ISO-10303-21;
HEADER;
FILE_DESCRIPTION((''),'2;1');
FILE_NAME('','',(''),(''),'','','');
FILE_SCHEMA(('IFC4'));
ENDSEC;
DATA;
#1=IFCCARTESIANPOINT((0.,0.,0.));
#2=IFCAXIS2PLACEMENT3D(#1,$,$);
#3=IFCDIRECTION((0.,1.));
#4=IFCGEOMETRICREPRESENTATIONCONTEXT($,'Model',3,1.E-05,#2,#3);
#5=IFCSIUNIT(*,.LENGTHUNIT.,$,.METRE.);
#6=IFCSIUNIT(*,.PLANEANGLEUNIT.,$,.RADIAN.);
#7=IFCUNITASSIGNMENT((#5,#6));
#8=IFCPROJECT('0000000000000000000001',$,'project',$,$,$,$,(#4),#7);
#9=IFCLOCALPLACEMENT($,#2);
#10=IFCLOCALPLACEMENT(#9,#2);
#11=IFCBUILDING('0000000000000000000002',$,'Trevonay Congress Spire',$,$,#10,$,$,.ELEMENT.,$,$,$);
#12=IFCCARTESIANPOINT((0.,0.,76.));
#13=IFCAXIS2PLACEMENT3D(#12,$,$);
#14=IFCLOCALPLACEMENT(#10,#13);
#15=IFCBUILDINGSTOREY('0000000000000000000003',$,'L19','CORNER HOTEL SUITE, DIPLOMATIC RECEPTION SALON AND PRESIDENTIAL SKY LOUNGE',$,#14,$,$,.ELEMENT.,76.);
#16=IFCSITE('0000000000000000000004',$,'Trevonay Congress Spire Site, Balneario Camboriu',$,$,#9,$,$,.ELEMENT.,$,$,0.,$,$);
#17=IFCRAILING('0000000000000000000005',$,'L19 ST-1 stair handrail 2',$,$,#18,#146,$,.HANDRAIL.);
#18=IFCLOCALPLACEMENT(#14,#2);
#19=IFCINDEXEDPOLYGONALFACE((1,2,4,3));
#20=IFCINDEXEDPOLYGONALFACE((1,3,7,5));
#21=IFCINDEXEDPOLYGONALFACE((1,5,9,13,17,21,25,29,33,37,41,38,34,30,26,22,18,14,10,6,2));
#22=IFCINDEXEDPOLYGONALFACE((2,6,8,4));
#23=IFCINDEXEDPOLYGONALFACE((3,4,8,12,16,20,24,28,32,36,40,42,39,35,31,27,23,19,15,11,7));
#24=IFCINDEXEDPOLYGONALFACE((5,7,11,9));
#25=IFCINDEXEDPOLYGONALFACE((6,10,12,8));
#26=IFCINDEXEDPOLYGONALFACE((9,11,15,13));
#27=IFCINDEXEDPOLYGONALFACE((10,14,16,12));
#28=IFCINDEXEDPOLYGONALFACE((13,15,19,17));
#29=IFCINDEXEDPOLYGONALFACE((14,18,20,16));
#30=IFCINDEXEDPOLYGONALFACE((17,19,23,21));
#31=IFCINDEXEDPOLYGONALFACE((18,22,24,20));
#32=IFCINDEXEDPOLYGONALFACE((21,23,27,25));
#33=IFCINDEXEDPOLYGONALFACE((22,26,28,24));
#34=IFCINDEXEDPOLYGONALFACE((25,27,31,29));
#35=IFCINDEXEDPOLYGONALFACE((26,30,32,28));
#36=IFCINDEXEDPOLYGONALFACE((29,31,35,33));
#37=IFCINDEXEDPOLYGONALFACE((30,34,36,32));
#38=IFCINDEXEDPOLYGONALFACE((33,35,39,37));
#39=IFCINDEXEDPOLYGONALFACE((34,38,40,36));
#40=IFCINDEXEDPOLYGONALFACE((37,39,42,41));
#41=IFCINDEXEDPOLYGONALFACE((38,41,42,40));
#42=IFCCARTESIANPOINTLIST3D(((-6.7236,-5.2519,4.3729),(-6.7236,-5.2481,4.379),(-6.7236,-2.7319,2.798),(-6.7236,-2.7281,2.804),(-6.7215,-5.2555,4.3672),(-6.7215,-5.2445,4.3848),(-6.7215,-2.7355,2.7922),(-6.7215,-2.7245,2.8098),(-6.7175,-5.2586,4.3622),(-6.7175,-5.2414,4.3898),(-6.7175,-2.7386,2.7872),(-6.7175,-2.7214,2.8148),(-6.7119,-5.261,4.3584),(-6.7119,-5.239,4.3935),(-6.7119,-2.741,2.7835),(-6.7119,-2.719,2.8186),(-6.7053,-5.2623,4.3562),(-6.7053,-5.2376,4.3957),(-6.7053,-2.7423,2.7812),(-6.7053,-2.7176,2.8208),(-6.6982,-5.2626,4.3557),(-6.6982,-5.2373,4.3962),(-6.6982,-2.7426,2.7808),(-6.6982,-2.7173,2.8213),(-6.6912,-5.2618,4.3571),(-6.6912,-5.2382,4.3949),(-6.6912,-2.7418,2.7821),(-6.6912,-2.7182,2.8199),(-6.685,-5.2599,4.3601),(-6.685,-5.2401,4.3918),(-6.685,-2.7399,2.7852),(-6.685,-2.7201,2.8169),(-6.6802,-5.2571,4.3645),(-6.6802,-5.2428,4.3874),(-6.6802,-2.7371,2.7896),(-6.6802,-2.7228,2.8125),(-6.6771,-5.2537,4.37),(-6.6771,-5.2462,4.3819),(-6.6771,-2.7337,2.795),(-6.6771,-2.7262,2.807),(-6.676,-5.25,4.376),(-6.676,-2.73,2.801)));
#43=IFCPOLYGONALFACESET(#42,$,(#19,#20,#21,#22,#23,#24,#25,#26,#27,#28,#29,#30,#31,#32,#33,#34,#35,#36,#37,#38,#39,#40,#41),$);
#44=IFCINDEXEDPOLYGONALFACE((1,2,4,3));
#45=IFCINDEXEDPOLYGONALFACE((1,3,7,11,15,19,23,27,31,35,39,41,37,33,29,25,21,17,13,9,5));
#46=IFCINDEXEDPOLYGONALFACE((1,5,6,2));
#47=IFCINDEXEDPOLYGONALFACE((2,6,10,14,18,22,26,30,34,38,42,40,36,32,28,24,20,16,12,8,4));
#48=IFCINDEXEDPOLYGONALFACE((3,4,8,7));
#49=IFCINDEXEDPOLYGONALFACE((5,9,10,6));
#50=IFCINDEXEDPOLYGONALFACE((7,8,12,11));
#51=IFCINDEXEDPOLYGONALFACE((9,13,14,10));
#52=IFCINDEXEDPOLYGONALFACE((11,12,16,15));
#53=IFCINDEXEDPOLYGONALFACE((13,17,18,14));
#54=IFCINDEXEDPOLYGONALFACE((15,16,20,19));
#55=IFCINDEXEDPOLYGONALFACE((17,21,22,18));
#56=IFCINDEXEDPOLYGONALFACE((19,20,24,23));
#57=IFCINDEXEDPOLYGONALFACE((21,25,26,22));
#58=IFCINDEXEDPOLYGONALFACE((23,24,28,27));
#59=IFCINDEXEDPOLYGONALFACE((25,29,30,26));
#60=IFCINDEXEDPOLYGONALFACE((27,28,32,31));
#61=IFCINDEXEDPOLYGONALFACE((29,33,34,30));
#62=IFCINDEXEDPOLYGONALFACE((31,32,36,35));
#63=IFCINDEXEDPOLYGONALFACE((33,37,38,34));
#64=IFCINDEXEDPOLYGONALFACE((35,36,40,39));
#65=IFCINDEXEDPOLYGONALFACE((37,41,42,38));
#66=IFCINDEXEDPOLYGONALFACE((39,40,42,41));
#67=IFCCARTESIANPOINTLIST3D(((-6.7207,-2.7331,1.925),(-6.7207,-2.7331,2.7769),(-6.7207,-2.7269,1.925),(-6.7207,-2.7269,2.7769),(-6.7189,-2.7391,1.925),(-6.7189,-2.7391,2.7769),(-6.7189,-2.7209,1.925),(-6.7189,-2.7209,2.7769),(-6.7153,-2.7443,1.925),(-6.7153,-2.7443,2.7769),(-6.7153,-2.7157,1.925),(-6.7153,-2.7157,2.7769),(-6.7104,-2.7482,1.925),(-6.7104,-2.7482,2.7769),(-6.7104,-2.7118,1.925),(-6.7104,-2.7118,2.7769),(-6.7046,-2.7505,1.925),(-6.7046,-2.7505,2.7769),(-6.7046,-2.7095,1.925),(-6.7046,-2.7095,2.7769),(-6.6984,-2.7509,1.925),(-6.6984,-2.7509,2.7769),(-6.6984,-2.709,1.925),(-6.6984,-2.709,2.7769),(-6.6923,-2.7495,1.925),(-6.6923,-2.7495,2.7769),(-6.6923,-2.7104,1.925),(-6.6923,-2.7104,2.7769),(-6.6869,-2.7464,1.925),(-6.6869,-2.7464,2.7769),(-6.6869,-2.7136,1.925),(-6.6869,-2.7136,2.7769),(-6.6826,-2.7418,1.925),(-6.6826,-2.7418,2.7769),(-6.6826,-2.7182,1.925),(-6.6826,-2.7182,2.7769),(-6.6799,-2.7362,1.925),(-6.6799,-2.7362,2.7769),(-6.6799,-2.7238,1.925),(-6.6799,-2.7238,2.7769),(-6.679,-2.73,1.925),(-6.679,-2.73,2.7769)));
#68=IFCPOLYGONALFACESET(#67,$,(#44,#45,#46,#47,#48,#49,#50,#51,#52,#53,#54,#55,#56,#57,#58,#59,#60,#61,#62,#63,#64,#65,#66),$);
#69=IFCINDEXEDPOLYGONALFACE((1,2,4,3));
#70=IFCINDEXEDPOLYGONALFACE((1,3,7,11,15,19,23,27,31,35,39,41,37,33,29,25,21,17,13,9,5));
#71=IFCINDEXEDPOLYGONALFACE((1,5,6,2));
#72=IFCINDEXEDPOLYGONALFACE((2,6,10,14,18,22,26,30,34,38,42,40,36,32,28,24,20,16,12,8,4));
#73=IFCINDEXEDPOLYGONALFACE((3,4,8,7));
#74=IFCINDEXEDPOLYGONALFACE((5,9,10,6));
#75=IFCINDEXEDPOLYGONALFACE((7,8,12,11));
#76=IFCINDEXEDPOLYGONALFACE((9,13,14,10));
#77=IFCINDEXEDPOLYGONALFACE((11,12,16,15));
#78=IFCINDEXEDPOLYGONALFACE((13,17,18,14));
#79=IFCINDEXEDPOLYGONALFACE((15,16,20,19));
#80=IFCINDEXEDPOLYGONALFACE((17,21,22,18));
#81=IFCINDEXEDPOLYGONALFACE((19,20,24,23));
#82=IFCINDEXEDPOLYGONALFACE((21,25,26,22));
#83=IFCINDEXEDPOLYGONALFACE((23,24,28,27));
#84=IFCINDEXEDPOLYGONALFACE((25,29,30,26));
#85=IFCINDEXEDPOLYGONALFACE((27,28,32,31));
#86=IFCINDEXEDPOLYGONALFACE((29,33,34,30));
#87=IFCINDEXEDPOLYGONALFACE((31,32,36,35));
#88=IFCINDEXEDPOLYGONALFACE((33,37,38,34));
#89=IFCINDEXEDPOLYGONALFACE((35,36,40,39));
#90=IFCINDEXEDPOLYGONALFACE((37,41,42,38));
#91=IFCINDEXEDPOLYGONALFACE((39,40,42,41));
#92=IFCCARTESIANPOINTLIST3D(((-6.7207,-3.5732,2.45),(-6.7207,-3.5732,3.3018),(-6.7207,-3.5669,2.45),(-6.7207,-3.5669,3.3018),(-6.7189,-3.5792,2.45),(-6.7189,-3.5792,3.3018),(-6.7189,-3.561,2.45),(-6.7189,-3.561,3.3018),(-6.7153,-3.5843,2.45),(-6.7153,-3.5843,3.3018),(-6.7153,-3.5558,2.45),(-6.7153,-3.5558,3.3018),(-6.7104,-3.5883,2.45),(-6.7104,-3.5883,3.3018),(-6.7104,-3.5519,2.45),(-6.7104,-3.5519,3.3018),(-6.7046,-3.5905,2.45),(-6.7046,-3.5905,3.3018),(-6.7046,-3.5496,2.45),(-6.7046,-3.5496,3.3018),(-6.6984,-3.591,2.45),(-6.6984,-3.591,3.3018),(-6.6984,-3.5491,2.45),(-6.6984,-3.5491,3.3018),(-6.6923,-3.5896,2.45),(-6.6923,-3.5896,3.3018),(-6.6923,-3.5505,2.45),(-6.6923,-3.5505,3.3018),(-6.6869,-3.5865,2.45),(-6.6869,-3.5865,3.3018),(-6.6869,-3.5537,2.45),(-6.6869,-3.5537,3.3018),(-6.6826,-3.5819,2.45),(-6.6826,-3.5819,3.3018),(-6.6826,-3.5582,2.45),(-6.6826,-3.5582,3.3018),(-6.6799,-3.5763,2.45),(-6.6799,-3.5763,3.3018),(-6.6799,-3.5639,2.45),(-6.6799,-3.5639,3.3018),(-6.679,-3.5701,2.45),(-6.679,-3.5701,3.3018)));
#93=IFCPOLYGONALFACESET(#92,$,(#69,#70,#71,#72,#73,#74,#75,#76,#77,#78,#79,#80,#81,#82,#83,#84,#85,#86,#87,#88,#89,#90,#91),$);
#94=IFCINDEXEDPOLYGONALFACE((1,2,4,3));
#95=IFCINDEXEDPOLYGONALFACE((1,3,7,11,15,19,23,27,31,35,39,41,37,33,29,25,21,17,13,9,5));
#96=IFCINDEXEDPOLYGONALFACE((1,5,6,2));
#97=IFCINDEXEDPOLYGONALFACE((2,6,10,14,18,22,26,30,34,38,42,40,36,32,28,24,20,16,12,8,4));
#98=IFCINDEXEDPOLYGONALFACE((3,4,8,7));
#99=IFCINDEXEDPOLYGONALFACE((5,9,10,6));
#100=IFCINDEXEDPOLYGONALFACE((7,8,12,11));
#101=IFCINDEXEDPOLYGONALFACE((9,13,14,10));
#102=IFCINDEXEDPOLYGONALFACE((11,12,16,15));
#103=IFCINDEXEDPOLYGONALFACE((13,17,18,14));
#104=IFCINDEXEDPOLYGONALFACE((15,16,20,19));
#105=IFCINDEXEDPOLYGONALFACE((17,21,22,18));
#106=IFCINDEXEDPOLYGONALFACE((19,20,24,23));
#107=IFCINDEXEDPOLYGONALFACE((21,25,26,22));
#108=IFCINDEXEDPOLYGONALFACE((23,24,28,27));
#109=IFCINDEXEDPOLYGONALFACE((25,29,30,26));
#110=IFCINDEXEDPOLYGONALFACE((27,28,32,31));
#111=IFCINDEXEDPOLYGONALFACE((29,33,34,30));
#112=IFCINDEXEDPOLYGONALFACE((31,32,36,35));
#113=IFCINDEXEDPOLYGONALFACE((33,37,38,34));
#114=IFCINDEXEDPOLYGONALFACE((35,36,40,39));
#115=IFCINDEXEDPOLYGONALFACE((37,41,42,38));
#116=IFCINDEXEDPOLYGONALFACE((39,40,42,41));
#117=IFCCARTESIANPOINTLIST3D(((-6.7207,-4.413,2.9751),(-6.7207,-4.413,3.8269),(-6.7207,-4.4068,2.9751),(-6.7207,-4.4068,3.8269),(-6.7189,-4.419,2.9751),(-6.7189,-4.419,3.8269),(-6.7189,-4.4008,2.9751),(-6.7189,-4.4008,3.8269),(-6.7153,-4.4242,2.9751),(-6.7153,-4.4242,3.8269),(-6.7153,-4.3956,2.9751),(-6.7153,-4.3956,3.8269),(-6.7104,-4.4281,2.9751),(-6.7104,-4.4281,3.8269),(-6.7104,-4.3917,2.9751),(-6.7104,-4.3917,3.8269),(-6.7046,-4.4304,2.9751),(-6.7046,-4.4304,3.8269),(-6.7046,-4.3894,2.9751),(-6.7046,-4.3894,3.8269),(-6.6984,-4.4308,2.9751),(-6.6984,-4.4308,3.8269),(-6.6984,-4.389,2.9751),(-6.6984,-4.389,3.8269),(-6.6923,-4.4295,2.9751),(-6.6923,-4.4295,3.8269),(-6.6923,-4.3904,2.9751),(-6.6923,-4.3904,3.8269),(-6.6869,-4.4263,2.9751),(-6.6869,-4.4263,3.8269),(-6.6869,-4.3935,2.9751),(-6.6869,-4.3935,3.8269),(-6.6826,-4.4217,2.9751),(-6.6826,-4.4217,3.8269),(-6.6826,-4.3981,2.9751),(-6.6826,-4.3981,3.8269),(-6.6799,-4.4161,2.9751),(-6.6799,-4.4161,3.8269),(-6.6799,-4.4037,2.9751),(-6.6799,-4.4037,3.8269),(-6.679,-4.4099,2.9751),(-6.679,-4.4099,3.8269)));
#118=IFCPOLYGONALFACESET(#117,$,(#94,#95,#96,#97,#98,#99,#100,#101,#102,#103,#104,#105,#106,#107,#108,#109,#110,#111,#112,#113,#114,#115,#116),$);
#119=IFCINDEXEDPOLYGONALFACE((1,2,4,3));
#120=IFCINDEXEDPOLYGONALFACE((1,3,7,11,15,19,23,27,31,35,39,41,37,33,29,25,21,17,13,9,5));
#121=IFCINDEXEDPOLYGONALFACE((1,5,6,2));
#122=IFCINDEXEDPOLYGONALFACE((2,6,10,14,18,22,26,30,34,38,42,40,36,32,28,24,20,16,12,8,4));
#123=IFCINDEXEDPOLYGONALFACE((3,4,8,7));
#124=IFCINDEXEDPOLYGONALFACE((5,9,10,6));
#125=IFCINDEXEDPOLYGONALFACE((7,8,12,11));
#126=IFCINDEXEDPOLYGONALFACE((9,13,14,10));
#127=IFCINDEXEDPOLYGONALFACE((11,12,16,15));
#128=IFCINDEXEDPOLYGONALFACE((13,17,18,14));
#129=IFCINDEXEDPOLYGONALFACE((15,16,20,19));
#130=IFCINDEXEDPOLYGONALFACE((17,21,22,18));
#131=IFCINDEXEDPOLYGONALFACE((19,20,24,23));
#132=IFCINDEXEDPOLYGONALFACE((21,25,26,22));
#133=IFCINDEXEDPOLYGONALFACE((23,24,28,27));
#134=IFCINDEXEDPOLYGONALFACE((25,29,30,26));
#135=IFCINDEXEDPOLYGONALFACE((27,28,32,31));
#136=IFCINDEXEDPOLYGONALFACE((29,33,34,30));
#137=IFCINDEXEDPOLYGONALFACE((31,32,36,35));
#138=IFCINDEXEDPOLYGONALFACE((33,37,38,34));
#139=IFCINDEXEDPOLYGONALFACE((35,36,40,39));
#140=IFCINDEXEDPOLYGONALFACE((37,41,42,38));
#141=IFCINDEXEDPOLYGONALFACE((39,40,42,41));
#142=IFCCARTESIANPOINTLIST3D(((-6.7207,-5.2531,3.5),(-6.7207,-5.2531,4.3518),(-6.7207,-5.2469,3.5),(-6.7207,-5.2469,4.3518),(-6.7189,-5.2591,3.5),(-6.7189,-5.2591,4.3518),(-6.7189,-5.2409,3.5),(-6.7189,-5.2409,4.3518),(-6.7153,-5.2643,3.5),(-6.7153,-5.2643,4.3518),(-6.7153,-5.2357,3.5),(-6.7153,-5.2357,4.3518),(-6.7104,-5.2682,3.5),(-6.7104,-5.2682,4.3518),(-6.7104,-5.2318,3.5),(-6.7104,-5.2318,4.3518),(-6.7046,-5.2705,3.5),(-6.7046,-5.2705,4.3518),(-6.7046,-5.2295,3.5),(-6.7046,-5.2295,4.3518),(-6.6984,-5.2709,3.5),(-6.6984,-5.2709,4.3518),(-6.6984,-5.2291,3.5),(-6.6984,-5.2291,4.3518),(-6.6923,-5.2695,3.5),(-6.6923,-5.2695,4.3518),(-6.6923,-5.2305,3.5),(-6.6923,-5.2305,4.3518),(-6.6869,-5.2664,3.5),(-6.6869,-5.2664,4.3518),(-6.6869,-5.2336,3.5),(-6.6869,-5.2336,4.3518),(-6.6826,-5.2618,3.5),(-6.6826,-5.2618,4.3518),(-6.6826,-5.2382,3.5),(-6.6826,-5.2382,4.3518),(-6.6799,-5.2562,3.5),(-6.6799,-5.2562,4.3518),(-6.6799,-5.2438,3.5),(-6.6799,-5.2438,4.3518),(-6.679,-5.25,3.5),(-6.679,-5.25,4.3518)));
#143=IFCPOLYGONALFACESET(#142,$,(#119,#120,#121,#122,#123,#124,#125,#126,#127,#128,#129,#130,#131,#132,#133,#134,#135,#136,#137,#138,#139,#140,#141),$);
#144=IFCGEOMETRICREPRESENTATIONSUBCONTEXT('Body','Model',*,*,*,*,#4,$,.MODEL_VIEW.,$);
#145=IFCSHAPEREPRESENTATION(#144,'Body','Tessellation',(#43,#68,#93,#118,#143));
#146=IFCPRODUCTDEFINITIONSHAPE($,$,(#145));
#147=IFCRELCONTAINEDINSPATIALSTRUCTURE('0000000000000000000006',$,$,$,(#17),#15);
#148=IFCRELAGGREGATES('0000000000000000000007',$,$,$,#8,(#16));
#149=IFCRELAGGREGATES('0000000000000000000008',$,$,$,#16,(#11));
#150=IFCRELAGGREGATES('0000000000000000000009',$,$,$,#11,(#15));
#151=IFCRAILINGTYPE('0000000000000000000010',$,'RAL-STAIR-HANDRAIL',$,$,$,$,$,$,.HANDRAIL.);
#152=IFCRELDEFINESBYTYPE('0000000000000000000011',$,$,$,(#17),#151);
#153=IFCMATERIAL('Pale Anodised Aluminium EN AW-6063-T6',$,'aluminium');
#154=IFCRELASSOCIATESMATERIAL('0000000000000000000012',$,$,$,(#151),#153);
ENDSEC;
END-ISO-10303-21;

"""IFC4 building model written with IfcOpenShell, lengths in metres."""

from ifc_helpers import new_model, si_unit, direction, frame, origin, origin_2d, place, context, subcontext, project, spatial, circle, extrude, material, type_object, element, save


model = new_model("IFC4")

# Units and contexts
model_context = context("Model", 3, precision=1e-05, world=origin(), true_north=direction((0.0, 1.0)))
body_context = subcontext(model_context, "Body", "Model", "MODEL_VIEW")
ifc_project = project(units=[si_unit("LENGTHUNIT", "METRE"), si_unit("PLANEANGLEUNIT", "RADIAN")], contexts=[model_context])

# Site, building, storey
site_placement = place(None, origin())
site = spatial("IfcSite", under=ifc_project, at=site_placement, Name="Trevonay Congress Spire Site, Balneario Camboriu", CompositionType="ELEMENT", RefElevation=0.0)
building_placement = place(site_placement, origin())
building = spatial("IfcBuilding", under=site, at=building_placement, Name="Trevonay Congress Spire", CompositionType="ELEMENT")
storey_placement = place(building_placement, frame((0.0, 0.0, 76.0)))
storey = spatial("IfcBuildingStorey", under=building, at=storey_placement, Name="L19", Description="CORNER HOTEL SUITE, DIPLOMATIC RECEPTION SALON AND PRESIDENTIAL SKY LOUNGE", CompositionType="ELEMENT", Elevation=76.0)

# Shared definitions
ifc_material_1 = material(Name="Pale Anodised Aluminium EN AW-6063-T6", Category="aluminium")

# Railing
railing_type_1 = type_object("IfcRailingType", Name="RAL-STAIR-HANDRAIL", PredefinedType="HANDRAIL", material=ifc_material_1)
railing_1_placement = place(storey_placement, frame((-6.7, -2.73, 1.925)))
element("IfcRailing", 1, at=railing_1_placement, inside=storey, type_object=railing_type_1, Name="L19 ST-1 stair handrail 2", PredefinedType="HANDRAIL", context=body_context, shape_type="SweptSolid", body=[
    extrude(circle(Radius=0.0239, at=origin_2d()), frame((0.0, 0.0, 0.876), z_axis=(0.0, -0.848008, 0.529984), x_axis=(1.0, 0.0, 0.0)), (0.0, 0.0, 1.0), 2.9717),
    extrude(circle(Radius=0.021, at=origin_2d()), origin(), (0.0, 0.0, 1.0), 0.8518),
    extrude(circle(Radius=0.021, at=origin_2d()), frame((0.0, -0.8401, 0.5249)), (0.0, 0.0, 1.0), 0.8518),
    extrude(circle(Radius=0.021, at=origin_2d()), frame((0.0, -1.6799, 1.05)), (0.0, 0.0, 1.0), 0.8518),
    extrude(circle(Radius=0.021, at=origin_2d()), frame((0.0, -2.52, 1.575)), (0.0, 0.0, 1.0), 0.8518),
])

save(model, "model.ifc")
